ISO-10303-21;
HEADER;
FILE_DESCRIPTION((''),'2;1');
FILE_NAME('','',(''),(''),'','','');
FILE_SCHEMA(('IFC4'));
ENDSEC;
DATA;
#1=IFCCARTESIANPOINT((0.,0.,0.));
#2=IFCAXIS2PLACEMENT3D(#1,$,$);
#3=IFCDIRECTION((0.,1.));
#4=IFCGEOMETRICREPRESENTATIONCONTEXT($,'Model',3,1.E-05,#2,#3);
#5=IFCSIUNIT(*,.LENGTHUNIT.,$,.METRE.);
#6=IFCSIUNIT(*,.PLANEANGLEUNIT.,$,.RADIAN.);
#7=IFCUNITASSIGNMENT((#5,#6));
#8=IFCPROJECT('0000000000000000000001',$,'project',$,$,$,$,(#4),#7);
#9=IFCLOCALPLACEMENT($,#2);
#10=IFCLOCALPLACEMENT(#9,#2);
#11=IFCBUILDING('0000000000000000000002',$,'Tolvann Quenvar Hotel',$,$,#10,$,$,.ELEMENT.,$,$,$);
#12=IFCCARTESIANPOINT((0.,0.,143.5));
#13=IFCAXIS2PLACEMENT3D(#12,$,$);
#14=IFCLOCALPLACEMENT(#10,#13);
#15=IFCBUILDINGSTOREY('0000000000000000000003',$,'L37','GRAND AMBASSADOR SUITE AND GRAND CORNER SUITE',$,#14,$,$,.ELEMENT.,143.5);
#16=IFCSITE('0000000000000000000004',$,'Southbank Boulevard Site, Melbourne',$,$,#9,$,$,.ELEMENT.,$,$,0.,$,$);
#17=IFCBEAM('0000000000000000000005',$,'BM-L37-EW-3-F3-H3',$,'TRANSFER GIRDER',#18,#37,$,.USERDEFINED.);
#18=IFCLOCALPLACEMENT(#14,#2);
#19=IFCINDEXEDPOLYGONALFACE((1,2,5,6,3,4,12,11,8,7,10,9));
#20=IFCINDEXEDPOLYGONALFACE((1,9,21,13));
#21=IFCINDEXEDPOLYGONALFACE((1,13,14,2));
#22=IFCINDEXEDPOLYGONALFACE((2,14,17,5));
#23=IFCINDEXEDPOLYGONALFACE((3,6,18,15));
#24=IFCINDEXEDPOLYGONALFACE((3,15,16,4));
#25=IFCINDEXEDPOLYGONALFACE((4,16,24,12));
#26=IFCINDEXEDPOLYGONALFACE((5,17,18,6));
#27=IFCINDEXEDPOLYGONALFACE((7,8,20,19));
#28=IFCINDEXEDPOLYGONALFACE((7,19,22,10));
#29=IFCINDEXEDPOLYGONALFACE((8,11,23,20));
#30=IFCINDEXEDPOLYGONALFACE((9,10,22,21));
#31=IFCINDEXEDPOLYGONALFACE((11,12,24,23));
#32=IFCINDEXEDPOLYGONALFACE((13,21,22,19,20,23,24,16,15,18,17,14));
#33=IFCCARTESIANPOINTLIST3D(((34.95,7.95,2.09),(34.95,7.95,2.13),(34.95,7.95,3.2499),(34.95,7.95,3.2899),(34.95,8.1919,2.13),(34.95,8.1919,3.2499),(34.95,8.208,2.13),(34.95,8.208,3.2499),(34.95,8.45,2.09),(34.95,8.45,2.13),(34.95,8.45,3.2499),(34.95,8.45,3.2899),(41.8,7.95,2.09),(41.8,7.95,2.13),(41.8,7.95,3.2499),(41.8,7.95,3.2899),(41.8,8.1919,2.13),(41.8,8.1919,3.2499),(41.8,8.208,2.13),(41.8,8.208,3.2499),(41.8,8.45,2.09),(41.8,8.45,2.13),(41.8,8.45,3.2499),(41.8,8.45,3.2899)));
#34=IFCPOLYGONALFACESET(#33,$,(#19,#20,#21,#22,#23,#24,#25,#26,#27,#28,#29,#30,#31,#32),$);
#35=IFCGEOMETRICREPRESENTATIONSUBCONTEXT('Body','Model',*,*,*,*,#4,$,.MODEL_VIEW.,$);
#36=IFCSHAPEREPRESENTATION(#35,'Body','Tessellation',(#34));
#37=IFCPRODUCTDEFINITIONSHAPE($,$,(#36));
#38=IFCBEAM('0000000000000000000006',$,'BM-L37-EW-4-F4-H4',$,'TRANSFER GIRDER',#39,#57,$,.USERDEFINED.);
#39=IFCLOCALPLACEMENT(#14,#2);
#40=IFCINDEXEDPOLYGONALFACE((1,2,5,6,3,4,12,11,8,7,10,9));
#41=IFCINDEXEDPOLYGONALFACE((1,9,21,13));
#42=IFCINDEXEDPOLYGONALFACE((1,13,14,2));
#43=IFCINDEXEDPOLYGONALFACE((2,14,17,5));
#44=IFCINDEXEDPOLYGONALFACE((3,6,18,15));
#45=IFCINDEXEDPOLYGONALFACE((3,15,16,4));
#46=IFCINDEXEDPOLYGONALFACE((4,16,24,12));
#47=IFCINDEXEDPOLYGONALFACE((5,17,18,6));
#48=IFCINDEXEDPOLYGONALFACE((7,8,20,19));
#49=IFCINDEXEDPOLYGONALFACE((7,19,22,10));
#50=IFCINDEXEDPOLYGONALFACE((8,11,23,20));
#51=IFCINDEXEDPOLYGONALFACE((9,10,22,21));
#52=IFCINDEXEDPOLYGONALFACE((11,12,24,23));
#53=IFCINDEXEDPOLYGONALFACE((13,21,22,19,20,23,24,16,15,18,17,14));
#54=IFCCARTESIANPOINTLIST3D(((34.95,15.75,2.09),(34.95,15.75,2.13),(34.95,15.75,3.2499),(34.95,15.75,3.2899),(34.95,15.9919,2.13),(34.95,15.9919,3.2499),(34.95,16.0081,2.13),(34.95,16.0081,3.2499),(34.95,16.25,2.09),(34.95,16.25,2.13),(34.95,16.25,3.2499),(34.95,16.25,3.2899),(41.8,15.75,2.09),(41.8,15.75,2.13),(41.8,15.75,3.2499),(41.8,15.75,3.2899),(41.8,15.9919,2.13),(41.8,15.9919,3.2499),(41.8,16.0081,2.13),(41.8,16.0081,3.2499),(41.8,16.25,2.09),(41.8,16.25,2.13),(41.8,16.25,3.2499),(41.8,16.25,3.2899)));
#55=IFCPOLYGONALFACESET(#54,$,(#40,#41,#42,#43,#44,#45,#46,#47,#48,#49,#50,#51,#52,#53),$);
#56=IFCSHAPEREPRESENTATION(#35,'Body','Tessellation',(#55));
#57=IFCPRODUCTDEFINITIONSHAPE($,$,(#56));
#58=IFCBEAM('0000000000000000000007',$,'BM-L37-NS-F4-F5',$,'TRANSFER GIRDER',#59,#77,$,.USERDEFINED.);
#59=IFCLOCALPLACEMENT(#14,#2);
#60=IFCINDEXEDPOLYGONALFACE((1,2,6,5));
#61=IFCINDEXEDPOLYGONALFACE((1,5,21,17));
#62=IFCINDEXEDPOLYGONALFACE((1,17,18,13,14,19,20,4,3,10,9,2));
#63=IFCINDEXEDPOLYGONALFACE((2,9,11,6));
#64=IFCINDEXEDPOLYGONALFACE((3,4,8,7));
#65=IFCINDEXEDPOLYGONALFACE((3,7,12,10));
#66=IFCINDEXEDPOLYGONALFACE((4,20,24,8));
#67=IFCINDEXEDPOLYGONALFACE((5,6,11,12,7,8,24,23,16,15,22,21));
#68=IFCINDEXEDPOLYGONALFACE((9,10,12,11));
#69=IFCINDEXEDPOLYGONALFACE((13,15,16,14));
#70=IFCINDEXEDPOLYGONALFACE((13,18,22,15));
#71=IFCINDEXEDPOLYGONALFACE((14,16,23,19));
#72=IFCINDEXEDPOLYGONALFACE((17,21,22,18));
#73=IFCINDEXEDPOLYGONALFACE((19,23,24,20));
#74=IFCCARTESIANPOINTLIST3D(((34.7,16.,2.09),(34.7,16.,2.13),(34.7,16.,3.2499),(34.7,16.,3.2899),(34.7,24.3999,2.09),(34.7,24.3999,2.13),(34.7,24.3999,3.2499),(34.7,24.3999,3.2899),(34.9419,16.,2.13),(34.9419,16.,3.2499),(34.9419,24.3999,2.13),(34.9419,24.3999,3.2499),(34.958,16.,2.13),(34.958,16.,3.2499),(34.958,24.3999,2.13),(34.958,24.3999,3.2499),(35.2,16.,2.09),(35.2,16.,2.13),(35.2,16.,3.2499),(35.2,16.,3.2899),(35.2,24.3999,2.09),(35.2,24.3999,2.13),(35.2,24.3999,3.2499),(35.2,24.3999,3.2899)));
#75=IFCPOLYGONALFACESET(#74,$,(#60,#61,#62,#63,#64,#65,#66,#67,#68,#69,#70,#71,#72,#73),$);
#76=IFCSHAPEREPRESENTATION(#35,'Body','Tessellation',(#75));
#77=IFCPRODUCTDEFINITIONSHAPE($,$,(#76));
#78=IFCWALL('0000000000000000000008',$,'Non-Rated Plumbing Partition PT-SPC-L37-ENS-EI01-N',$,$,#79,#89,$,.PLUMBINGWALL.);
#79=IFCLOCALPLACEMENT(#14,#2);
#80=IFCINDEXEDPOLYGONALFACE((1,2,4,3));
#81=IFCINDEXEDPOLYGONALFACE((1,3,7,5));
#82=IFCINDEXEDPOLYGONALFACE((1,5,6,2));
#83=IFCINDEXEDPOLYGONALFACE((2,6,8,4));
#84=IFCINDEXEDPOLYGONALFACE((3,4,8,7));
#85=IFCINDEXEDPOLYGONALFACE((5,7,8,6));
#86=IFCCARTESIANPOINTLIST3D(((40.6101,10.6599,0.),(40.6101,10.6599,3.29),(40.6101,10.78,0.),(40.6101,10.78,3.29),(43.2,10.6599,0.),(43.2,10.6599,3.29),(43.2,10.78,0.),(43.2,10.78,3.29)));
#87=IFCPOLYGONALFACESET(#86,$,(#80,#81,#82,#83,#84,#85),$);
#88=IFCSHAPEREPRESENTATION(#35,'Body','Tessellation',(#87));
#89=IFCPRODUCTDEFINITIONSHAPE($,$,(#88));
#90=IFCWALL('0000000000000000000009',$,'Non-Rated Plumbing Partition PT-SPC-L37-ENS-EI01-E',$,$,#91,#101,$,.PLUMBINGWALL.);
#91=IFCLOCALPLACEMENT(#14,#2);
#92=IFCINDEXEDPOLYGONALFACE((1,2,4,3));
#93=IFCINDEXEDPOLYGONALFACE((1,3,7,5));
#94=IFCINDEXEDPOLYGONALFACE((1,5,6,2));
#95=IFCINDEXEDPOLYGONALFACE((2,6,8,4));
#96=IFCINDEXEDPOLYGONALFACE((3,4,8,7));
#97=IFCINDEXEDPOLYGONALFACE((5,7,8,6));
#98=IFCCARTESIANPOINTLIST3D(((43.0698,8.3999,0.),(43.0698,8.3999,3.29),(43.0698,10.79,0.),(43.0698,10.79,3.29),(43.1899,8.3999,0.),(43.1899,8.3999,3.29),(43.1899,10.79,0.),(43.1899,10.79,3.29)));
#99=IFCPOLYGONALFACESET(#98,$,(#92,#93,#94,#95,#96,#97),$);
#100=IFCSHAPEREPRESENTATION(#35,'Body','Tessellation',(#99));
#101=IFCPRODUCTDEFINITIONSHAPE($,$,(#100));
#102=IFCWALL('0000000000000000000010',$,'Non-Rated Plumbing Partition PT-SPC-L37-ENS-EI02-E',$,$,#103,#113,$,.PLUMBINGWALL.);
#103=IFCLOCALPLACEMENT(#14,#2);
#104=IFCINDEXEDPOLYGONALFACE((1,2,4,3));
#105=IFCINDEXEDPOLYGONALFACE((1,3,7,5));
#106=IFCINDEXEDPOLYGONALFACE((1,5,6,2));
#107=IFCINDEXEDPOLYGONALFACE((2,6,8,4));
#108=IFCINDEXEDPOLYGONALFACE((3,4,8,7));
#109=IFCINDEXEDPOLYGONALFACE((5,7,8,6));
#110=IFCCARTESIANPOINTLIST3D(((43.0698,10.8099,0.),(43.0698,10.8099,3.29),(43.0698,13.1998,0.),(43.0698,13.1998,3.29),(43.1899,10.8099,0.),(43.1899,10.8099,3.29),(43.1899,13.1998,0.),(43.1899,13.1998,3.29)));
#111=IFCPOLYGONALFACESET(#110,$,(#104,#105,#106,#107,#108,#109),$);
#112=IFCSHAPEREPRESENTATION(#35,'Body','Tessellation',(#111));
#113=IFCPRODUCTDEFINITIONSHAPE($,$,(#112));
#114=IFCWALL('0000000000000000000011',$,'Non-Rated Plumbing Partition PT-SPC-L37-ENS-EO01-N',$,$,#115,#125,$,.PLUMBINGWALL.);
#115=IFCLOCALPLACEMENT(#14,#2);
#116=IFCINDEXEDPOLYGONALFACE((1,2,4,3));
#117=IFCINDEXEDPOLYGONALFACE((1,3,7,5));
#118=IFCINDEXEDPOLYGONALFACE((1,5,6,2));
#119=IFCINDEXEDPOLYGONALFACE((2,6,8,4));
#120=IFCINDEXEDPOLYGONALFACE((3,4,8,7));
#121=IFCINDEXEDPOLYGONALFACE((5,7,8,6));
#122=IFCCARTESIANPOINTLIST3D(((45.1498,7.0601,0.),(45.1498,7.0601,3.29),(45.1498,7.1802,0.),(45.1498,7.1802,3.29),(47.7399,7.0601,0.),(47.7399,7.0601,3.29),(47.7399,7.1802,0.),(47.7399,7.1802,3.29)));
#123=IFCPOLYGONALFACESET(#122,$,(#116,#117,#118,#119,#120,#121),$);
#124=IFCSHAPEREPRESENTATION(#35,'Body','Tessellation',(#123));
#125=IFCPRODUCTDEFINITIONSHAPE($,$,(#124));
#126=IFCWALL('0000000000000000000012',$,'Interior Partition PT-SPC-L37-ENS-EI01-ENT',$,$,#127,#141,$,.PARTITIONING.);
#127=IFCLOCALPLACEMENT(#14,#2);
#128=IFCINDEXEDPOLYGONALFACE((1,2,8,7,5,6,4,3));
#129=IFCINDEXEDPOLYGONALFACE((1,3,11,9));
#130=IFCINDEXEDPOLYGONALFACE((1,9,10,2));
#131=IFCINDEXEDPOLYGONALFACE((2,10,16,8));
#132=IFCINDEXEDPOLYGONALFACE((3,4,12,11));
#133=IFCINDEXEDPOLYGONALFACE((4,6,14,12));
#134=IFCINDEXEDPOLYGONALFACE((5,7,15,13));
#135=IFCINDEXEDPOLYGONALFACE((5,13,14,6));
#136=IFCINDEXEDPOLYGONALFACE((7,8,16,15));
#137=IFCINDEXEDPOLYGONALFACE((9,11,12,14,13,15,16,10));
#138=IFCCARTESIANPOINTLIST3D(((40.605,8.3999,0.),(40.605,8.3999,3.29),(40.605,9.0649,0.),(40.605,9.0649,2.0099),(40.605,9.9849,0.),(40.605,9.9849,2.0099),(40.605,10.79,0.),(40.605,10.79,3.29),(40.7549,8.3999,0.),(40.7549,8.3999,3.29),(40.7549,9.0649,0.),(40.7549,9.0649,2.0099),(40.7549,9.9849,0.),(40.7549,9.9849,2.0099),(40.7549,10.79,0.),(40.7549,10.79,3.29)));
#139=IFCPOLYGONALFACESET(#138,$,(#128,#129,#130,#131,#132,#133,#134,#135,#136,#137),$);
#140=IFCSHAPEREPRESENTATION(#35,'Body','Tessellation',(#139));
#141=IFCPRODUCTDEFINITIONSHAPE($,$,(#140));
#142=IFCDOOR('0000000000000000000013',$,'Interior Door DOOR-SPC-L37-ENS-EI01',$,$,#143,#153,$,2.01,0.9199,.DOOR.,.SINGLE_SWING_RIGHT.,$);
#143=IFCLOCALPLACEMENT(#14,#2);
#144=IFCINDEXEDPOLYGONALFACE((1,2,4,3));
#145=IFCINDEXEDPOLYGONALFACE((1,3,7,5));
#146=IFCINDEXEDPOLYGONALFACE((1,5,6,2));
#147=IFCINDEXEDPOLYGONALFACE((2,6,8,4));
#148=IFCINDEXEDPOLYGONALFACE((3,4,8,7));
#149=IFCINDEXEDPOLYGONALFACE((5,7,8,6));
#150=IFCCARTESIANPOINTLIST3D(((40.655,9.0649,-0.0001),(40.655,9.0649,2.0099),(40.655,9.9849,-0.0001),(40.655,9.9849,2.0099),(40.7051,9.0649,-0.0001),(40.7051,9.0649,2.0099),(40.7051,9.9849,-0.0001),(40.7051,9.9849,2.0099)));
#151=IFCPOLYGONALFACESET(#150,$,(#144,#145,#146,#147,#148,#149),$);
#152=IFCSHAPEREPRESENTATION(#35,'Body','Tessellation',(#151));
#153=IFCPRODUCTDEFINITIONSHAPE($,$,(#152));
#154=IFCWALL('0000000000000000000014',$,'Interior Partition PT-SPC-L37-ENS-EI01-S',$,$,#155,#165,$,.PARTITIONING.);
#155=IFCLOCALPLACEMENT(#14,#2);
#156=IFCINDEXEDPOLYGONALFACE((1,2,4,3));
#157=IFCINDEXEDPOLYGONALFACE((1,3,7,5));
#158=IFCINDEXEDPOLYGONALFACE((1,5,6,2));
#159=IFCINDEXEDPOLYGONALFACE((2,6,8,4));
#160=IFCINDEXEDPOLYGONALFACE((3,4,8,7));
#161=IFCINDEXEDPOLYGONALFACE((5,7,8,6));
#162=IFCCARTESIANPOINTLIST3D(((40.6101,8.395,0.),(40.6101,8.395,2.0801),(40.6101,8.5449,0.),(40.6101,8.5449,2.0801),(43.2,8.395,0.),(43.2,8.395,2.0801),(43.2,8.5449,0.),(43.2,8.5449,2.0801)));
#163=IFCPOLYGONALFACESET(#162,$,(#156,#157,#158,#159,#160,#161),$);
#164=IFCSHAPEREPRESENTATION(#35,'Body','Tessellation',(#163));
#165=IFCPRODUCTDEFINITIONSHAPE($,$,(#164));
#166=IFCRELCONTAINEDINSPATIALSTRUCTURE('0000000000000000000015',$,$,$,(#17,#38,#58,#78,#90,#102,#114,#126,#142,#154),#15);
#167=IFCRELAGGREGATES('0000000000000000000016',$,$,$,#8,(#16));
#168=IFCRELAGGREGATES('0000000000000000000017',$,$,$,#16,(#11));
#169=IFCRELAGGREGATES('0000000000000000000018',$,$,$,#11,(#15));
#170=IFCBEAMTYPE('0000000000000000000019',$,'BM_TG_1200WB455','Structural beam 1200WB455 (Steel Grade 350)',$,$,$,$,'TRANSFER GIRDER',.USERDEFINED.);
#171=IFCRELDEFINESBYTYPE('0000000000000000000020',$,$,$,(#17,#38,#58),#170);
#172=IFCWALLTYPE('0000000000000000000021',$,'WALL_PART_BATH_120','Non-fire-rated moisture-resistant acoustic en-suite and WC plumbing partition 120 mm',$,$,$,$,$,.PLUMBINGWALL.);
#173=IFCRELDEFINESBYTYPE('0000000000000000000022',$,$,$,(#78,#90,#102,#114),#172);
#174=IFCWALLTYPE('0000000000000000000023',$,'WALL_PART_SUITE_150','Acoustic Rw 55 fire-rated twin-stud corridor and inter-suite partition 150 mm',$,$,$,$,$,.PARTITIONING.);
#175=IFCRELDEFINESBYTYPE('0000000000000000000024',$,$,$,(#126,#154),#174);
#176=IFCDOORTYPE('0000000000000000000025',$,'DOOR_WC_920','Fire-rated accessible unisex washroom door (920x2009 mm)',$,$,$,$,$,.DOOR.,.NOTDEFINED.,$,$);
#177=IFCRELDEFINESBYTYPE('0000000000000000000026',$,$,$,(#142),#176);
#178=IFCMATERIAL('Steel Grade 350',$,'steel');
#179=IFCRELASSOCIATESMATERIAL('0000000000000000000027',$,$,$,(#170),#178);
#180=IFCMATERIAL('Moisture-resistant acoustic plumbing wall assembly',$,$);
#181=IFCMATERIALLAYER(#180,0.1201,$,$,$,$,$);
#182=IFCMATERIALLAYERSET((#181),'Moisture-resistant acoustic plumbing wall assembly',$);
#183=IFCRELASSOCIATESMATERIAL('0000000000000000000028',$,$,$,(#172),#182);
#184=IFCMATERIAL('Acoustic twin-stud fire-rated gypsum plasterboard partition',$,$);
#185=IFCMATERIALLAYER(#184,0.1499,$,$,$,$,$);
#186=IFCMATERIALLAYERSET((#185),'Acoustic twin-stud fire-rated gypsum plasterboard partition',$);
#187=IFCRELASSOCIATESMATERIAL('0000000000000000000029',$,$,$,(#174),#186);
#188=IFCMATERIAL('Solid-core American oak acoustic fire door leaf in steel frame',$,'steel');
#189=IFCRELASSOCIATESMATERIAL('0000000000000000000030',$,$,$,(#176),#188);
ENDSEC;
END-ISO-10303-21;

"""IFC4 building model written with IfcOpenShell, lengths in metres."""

from ifc_helpers import new_model, si_unit, direction, frame, frame_2d, origin, origin_2d, place, context, subcontext, project, spatial, rectangle, i_section, extrude, source, transform, mapped, material, layer, layer_set, material_profile, profile_set, type_object, type_shapes, element, fill, save


model = new_model("IFC4")

# Units and contexts
model_context = context("Model", 3, precision=1e-05, world=origin(), true_north=direction((0.0, 1.0)))
body_context = subcontext(model_context, "Body", "Model", "MODEL_VIEW")
ifc_project = project(units=[si_unit("LENGTHUNIT", "METRE"), si_unit("PLANEANGLEUNIT", "RADIAN")], contexts=[model_context])

# Site, building, storey
site_placement = place(None, origin())
site = spatial("IfcSite", under=ifc_project, at=site_placement, Name="Southbank Boulevard Site, Melbourne", CompositionType="ELEMENT", RefElevation=0.0)
building_placement = place(site_placement, origin())
building = spatial("IfcBuilding", under=site, at=building_placement, Name="Tolvann Quenvar Hotel", CompositionType="ELEMENT")
storey_placement = place(building_placement, frame((0.0, 0.0, 143.5)))
storey = spatial("IfcBuildingStorey", under=building, at=storey_placement, Name="L37", Description="GRAND AMBASSADOR SUITE AND GRAND CORNER SUITE", CompositionType="ELEMENT", Elevation=143.5)

# Shared definitions
ifc_material_1 = material(Name="Steel Grade 350", Category="steel")

# Beams
ifc_material_profile_1 = material_profile(ifc_material_1, i_section(OverallWidth=0.5, OverallDepth=1.2, WebThickness=0.0161, FlangeThickness=0.04, at=origin_2d()), Name="1200WB455")
ifc_profile_set_1 = profile_set([ifc_material_profile_1], Name="Steel Grade 350")
beam_type = type_object("IfcBeamType", Name="BM_TG_1200WB455", Description="Structural beam 1200WB455 (Steel Grade 350)", ElementType="TRANSFER GIRDER", PredefinedType="USERDEFINED", material=ifc_profile_set_1)
shared_shape_1 = source(origin(), body_context, "Body", "SweptSolid", [
    extrude(i_section(OverallWidth=0.5, OverallDepth=1.2, WebThickness=0.0161, FlangeThickness=0.04, at=origin_2d()), origin(), (0.0, 0.0, 1.0), 6.8501),
])
for number, where, z_axis, x_axis, name in (
    (1, (34.95, 8.2, 2.6899), (1.0, 0.0, 0.0), (0.0, 1.0, 0.0), "BM-L37-EW-3-F3-H3"),
    (2, (34.95, 16.0, 2.6899), (1.0, 0.0, 0.0), (0.0, 1.0, 0.0), "BM-L37-EW-4-F4-H4"),
):
    element("IfcBeam", number, at=place(storey_placement, frame(where, z_axis=z_axis, x_axis=x_axis)), inside=storey, type_object=beam_type, Name=name, ObjectType="TRANSFER GIRDER", PredefinedType="USERDEFINED", context=body_context, shape_type="MappedRepresentation", body=[
        mapped(shared_shape_1, transform((0.0, 0.0, 0.0), x_axis=(1.0, 0.0, 0.0), y_axis=(0.0, 1.0, 0.0), z_axis=(0.0, 0.0, 1.0), scale=1.0)),
    ])
shared_shape_2 = source(origin(), body_context, "Body", "SweptSolid", [
    extrude(i_section(OverallWidth=0.5, OverallDepth=1.2, WebThickness=0.0161, FlangeThickness=0.04, at=origin_2d()), origin(), (0.0, 0.0, 1.0), 8.3999),
])
beam_1_placement = place(storey_placement, frame((34.95, 16.0, 2.6899), z_axis=(0.0, 1.0, 0.0), x_axis=(-1.0, 0.0, 0.0)))
element("IfcBeam", 3, at=beam_1_placement, inside=storey, type_object=beam_type, Name="BM-L37-NS-F4-F5", ObjectType="TRANSFER GIRDER", PredefinedType="USERDEFINED", context=body_context, shape_type="MappedRepresentation", body=[
    mapped(shared_shape_2, transform((0.0, 0.0, 0.0), x_axis=(1.0, 0.0, 0.0), y_axis=(0.0, 1.0, 0.0), z_axis=(0.0, 0.0, 1.0), scale=1.0)),
])

# Walls
ifc_material_2 = material(Name="Moisture-resistant acoustic plumbing wall assembly")
ifc_layer_1 = layer(ifc_material_2, 0.1201)
ifc_layer_set_1 = layer_set([ifc_layer_1], Name="Moisture-resistant acoustic plumbing wall assembly")
wall_type_1 = type_object("IfcWallType", Name="WALL_PART_BATH_120", Description="Non-fire-rated moisture-resistant acoustic en-suite and WC plumbing partition 120 mm", PredefinedType="PLUMBINGWALL", material=ifc_layer_set_1)
wall_1_placement = place(storey_placement, frame((40.6101, 10.72, 0.0), z_axis=(0.0, 0.0, 1.0), x_axis=(1.0, 0.0, 0.0)))
element("IfcWall", 4, at=wall_1_placement, inside=storey, type_object=wall_type_1, Name="Non-Rated Plumbing Partition PT-SPC-L37-ENS-EI01-N", PredefinedType="PLUMBINGWALL", context=body_context, shape_type="SweptSolid", body=[
    extrude(rectangle(XDim=2.5898, YDim=0.1201, at=frame_2d((1.2949, 0.0))), origin(), (0.0, 0.0, 1.0), 3.29),
])
wall_2_placement = place(storey_placement, frame((43.1299, 8.3999, 0.0), z_axis=(0.0, 0.0, 1.0), x_axis=(0.0, 1.0, 0.0)))
element("IfcWall", 5, at=wall_2_placement, inside=storey, type_object=wall_type_1, Name="Non-Rated Plumbing Partition PT-SPC-L37-ENS-EI01-E", PredefinedType="PLUMBINGWALL", context=body_context, shape_type="SweptSolid", body=[
    extrude(rectangle(XDim=2.3901, YDim=0.1201, at=frame_2d((1.1951, 0.0))), origin(), (0.0, 0.0, 1.0), 3.29),
])
wall_3_placement = place(storey_placement, frame((43.1299, 10.8101, 0.0), z_axis=(0.0, 0.0, 1.0), x_axis=(0.0, 1.0, 0.0)))
element("IfcWall", 6, at=wall_3_placement, inside=storey, type_object=wall_type_1, Name="Non-Rated Plumbing Partition PT-SPC-L37-ENS-EI02-E", PredefinedType="PLUMBINGWALL", context=body_context, shape_type="SweptSolid", body=[
    extrude(rectangle(XDim=2.3899, YDim=0.1201, at=frame_2d((1.1948, 0.0))), origin(), (0.0, 0.0, 1.0), 3.29),
])
wall_4_placement = place(storey_placement, frame((45.1499, 7.1201, 0.0), z_axis=(0.0, 0.0, 1.0), x_axis=(1.0, 0.0, 0.0)))
element("IfcWall", 7, at=wall_4_placement, inside=storey, type_object=wall_type_1, Name="Non-Rated Plumbing Partition PT-SPC-L37-ENS-EO01-N", PredefinedType="PLUMBINGWALL", context=body_context, shape_type="SweptSolid", body=[
    extrude(rectangle(XDim=2.5901, YDim=0.1201, at=frame_2d((1.2949, 0.0))), origin(), (0.0, 0.0, 1.0), 3.29),
])

# Wall, opening, door
ifc_material_3 = material(Name="Acoustic twin-stud fire-rated gypsum plasterboard partition")
ifc_layer_2 = layer(ifc_material_3, 0.1499)
ifc_layer_set_2 = layer_set([ifc_layer_2], Name="Acoustic twin-stud fire-rated gypsum plasterboard partition")
wall_type_2 = type_object("IfcWallType", Name="WALL_PART_SUITE_150", Description="Acoustic Rw 55 fire-rated twin-stud corridor and inter-suite partition 150 mm", PredefinedType="PARTITIONING", material=ifc_layer_set_2)
wall_5_placement = place(storey_placement, frame((40.6799, 8.3999, 0.0), z_axis=(0.0, 0.0, 1.0), x_axis=(0.0, 1.0, 0.0)))
wall_5 = element("IfcWall", 8, at=wall_5_placement, inside=storey, type_object=wall_type_2, Name="Interior Partition PT-SPC-L37-ENS-EI01-ENT", PredefinedType="PARTITIONING", context=body_context, shape_type="SweptSolid", body=[
    extrude(rectangle(XDim=2.3901, YDim=0.1499, at=frame_2d((1.1951, 0.0))), origin(), (0.0, 0.0, 1.0), 3.29),
])
opening_1_placement = place(wall_5_placement, frame((0.665, 0.0, 0.0)))
opening_1 = element("IfcOpeningElement", 9, at=opening_1_placement, cuts=wall_5, PredefinedType="OPENING", context=body_context, shape_type="SweptSolid", body=[
    extrude(rectangle(XDim=0.9199, YDim=2.01, at=frame_2d((0.46, 1.0049))), frame((0.0, 0.085, 0.0), z_axis=(0.0, -1.0, 0.0), x_axis=(1.0, 0.0, 0.0)), (0.0, 0.0, 1.0), 0.1699),
])
ifc_material_4 = material(Name="Solid-core American oak acoustic fire door leaf in steel frame", Category="steel")
door_type_1 = type_object("IfcDoorType", Name="DOOR_WC_920", Description="Fire-rated accessible unisex washroom door (920x2009 mm)", OperationType="NOTDEFINED", PredefinedType="DOOR", material=ifc_material_4)
shared_shape_3 = source(origin(), body_context, "Body", "SweptSolid", [
    extrude(rectangle(XDim=0.9199, YDim=2.01, at=frame_2d((0.46, 1.0049))), frame((0.0, 0.0249, 0.0), z_axis=(0.0, -1.0, 0.0), x_axis=(1.0, 0.0, 0.0)), (0.0, 0.0, 1.0), 0.05),
])
type_shapes(door_type_1, [shared_shape_3])
door_1_placement = place(opening_1_placement, origin())
door_1 = element("IfcDoor", 10, at=door_1_placement, inside=storey, type_object=door_type_1, Name="Interior Door DOOR-SPC-L37-ENS-EI01", OperationType="SINGLE_SWING_RIGHT", OverallHeight=2.01, OverallWidth=0.9199, PredefinedType="DOOR", context=body_context, shape_type="MappedRepresentation", body=[
    mapped(shared_shape_3, transform((0.0, 0.0, 0.0), x_axis=(1.0, 0.0, 0.0), y_axis=(0.0, 1.0, 0.0), z_axis=(0.0, 0.0, 1.0), scale=1.0)),
])
fill(opening_1, door_1)

# Wall
wall_6_placement = place(storey_placement, frame((40.6101, 8.47, 0.0), z_axis=(0.0, 0.0, 1.0), x_axis=(1.0, 0.0, 0.0)))
element("IfcWall", 11, at=wall_6_placement, inside=storey, type_object=wall_type_2, Name="Interior Partition PT-SPC-L37-ENS-EI01-S", PredefinedType="PARTITIONING", context=body_context, shape_type="SweptSolid", body=[
    extrude(rectangle(XDim=2.5898, YDim=0.1499, at=frame_2d((1.2949, 0.0))), origin(), (0.0, 0.0, 1.0), 2.0801),
])

save(model, "model.ifc")
